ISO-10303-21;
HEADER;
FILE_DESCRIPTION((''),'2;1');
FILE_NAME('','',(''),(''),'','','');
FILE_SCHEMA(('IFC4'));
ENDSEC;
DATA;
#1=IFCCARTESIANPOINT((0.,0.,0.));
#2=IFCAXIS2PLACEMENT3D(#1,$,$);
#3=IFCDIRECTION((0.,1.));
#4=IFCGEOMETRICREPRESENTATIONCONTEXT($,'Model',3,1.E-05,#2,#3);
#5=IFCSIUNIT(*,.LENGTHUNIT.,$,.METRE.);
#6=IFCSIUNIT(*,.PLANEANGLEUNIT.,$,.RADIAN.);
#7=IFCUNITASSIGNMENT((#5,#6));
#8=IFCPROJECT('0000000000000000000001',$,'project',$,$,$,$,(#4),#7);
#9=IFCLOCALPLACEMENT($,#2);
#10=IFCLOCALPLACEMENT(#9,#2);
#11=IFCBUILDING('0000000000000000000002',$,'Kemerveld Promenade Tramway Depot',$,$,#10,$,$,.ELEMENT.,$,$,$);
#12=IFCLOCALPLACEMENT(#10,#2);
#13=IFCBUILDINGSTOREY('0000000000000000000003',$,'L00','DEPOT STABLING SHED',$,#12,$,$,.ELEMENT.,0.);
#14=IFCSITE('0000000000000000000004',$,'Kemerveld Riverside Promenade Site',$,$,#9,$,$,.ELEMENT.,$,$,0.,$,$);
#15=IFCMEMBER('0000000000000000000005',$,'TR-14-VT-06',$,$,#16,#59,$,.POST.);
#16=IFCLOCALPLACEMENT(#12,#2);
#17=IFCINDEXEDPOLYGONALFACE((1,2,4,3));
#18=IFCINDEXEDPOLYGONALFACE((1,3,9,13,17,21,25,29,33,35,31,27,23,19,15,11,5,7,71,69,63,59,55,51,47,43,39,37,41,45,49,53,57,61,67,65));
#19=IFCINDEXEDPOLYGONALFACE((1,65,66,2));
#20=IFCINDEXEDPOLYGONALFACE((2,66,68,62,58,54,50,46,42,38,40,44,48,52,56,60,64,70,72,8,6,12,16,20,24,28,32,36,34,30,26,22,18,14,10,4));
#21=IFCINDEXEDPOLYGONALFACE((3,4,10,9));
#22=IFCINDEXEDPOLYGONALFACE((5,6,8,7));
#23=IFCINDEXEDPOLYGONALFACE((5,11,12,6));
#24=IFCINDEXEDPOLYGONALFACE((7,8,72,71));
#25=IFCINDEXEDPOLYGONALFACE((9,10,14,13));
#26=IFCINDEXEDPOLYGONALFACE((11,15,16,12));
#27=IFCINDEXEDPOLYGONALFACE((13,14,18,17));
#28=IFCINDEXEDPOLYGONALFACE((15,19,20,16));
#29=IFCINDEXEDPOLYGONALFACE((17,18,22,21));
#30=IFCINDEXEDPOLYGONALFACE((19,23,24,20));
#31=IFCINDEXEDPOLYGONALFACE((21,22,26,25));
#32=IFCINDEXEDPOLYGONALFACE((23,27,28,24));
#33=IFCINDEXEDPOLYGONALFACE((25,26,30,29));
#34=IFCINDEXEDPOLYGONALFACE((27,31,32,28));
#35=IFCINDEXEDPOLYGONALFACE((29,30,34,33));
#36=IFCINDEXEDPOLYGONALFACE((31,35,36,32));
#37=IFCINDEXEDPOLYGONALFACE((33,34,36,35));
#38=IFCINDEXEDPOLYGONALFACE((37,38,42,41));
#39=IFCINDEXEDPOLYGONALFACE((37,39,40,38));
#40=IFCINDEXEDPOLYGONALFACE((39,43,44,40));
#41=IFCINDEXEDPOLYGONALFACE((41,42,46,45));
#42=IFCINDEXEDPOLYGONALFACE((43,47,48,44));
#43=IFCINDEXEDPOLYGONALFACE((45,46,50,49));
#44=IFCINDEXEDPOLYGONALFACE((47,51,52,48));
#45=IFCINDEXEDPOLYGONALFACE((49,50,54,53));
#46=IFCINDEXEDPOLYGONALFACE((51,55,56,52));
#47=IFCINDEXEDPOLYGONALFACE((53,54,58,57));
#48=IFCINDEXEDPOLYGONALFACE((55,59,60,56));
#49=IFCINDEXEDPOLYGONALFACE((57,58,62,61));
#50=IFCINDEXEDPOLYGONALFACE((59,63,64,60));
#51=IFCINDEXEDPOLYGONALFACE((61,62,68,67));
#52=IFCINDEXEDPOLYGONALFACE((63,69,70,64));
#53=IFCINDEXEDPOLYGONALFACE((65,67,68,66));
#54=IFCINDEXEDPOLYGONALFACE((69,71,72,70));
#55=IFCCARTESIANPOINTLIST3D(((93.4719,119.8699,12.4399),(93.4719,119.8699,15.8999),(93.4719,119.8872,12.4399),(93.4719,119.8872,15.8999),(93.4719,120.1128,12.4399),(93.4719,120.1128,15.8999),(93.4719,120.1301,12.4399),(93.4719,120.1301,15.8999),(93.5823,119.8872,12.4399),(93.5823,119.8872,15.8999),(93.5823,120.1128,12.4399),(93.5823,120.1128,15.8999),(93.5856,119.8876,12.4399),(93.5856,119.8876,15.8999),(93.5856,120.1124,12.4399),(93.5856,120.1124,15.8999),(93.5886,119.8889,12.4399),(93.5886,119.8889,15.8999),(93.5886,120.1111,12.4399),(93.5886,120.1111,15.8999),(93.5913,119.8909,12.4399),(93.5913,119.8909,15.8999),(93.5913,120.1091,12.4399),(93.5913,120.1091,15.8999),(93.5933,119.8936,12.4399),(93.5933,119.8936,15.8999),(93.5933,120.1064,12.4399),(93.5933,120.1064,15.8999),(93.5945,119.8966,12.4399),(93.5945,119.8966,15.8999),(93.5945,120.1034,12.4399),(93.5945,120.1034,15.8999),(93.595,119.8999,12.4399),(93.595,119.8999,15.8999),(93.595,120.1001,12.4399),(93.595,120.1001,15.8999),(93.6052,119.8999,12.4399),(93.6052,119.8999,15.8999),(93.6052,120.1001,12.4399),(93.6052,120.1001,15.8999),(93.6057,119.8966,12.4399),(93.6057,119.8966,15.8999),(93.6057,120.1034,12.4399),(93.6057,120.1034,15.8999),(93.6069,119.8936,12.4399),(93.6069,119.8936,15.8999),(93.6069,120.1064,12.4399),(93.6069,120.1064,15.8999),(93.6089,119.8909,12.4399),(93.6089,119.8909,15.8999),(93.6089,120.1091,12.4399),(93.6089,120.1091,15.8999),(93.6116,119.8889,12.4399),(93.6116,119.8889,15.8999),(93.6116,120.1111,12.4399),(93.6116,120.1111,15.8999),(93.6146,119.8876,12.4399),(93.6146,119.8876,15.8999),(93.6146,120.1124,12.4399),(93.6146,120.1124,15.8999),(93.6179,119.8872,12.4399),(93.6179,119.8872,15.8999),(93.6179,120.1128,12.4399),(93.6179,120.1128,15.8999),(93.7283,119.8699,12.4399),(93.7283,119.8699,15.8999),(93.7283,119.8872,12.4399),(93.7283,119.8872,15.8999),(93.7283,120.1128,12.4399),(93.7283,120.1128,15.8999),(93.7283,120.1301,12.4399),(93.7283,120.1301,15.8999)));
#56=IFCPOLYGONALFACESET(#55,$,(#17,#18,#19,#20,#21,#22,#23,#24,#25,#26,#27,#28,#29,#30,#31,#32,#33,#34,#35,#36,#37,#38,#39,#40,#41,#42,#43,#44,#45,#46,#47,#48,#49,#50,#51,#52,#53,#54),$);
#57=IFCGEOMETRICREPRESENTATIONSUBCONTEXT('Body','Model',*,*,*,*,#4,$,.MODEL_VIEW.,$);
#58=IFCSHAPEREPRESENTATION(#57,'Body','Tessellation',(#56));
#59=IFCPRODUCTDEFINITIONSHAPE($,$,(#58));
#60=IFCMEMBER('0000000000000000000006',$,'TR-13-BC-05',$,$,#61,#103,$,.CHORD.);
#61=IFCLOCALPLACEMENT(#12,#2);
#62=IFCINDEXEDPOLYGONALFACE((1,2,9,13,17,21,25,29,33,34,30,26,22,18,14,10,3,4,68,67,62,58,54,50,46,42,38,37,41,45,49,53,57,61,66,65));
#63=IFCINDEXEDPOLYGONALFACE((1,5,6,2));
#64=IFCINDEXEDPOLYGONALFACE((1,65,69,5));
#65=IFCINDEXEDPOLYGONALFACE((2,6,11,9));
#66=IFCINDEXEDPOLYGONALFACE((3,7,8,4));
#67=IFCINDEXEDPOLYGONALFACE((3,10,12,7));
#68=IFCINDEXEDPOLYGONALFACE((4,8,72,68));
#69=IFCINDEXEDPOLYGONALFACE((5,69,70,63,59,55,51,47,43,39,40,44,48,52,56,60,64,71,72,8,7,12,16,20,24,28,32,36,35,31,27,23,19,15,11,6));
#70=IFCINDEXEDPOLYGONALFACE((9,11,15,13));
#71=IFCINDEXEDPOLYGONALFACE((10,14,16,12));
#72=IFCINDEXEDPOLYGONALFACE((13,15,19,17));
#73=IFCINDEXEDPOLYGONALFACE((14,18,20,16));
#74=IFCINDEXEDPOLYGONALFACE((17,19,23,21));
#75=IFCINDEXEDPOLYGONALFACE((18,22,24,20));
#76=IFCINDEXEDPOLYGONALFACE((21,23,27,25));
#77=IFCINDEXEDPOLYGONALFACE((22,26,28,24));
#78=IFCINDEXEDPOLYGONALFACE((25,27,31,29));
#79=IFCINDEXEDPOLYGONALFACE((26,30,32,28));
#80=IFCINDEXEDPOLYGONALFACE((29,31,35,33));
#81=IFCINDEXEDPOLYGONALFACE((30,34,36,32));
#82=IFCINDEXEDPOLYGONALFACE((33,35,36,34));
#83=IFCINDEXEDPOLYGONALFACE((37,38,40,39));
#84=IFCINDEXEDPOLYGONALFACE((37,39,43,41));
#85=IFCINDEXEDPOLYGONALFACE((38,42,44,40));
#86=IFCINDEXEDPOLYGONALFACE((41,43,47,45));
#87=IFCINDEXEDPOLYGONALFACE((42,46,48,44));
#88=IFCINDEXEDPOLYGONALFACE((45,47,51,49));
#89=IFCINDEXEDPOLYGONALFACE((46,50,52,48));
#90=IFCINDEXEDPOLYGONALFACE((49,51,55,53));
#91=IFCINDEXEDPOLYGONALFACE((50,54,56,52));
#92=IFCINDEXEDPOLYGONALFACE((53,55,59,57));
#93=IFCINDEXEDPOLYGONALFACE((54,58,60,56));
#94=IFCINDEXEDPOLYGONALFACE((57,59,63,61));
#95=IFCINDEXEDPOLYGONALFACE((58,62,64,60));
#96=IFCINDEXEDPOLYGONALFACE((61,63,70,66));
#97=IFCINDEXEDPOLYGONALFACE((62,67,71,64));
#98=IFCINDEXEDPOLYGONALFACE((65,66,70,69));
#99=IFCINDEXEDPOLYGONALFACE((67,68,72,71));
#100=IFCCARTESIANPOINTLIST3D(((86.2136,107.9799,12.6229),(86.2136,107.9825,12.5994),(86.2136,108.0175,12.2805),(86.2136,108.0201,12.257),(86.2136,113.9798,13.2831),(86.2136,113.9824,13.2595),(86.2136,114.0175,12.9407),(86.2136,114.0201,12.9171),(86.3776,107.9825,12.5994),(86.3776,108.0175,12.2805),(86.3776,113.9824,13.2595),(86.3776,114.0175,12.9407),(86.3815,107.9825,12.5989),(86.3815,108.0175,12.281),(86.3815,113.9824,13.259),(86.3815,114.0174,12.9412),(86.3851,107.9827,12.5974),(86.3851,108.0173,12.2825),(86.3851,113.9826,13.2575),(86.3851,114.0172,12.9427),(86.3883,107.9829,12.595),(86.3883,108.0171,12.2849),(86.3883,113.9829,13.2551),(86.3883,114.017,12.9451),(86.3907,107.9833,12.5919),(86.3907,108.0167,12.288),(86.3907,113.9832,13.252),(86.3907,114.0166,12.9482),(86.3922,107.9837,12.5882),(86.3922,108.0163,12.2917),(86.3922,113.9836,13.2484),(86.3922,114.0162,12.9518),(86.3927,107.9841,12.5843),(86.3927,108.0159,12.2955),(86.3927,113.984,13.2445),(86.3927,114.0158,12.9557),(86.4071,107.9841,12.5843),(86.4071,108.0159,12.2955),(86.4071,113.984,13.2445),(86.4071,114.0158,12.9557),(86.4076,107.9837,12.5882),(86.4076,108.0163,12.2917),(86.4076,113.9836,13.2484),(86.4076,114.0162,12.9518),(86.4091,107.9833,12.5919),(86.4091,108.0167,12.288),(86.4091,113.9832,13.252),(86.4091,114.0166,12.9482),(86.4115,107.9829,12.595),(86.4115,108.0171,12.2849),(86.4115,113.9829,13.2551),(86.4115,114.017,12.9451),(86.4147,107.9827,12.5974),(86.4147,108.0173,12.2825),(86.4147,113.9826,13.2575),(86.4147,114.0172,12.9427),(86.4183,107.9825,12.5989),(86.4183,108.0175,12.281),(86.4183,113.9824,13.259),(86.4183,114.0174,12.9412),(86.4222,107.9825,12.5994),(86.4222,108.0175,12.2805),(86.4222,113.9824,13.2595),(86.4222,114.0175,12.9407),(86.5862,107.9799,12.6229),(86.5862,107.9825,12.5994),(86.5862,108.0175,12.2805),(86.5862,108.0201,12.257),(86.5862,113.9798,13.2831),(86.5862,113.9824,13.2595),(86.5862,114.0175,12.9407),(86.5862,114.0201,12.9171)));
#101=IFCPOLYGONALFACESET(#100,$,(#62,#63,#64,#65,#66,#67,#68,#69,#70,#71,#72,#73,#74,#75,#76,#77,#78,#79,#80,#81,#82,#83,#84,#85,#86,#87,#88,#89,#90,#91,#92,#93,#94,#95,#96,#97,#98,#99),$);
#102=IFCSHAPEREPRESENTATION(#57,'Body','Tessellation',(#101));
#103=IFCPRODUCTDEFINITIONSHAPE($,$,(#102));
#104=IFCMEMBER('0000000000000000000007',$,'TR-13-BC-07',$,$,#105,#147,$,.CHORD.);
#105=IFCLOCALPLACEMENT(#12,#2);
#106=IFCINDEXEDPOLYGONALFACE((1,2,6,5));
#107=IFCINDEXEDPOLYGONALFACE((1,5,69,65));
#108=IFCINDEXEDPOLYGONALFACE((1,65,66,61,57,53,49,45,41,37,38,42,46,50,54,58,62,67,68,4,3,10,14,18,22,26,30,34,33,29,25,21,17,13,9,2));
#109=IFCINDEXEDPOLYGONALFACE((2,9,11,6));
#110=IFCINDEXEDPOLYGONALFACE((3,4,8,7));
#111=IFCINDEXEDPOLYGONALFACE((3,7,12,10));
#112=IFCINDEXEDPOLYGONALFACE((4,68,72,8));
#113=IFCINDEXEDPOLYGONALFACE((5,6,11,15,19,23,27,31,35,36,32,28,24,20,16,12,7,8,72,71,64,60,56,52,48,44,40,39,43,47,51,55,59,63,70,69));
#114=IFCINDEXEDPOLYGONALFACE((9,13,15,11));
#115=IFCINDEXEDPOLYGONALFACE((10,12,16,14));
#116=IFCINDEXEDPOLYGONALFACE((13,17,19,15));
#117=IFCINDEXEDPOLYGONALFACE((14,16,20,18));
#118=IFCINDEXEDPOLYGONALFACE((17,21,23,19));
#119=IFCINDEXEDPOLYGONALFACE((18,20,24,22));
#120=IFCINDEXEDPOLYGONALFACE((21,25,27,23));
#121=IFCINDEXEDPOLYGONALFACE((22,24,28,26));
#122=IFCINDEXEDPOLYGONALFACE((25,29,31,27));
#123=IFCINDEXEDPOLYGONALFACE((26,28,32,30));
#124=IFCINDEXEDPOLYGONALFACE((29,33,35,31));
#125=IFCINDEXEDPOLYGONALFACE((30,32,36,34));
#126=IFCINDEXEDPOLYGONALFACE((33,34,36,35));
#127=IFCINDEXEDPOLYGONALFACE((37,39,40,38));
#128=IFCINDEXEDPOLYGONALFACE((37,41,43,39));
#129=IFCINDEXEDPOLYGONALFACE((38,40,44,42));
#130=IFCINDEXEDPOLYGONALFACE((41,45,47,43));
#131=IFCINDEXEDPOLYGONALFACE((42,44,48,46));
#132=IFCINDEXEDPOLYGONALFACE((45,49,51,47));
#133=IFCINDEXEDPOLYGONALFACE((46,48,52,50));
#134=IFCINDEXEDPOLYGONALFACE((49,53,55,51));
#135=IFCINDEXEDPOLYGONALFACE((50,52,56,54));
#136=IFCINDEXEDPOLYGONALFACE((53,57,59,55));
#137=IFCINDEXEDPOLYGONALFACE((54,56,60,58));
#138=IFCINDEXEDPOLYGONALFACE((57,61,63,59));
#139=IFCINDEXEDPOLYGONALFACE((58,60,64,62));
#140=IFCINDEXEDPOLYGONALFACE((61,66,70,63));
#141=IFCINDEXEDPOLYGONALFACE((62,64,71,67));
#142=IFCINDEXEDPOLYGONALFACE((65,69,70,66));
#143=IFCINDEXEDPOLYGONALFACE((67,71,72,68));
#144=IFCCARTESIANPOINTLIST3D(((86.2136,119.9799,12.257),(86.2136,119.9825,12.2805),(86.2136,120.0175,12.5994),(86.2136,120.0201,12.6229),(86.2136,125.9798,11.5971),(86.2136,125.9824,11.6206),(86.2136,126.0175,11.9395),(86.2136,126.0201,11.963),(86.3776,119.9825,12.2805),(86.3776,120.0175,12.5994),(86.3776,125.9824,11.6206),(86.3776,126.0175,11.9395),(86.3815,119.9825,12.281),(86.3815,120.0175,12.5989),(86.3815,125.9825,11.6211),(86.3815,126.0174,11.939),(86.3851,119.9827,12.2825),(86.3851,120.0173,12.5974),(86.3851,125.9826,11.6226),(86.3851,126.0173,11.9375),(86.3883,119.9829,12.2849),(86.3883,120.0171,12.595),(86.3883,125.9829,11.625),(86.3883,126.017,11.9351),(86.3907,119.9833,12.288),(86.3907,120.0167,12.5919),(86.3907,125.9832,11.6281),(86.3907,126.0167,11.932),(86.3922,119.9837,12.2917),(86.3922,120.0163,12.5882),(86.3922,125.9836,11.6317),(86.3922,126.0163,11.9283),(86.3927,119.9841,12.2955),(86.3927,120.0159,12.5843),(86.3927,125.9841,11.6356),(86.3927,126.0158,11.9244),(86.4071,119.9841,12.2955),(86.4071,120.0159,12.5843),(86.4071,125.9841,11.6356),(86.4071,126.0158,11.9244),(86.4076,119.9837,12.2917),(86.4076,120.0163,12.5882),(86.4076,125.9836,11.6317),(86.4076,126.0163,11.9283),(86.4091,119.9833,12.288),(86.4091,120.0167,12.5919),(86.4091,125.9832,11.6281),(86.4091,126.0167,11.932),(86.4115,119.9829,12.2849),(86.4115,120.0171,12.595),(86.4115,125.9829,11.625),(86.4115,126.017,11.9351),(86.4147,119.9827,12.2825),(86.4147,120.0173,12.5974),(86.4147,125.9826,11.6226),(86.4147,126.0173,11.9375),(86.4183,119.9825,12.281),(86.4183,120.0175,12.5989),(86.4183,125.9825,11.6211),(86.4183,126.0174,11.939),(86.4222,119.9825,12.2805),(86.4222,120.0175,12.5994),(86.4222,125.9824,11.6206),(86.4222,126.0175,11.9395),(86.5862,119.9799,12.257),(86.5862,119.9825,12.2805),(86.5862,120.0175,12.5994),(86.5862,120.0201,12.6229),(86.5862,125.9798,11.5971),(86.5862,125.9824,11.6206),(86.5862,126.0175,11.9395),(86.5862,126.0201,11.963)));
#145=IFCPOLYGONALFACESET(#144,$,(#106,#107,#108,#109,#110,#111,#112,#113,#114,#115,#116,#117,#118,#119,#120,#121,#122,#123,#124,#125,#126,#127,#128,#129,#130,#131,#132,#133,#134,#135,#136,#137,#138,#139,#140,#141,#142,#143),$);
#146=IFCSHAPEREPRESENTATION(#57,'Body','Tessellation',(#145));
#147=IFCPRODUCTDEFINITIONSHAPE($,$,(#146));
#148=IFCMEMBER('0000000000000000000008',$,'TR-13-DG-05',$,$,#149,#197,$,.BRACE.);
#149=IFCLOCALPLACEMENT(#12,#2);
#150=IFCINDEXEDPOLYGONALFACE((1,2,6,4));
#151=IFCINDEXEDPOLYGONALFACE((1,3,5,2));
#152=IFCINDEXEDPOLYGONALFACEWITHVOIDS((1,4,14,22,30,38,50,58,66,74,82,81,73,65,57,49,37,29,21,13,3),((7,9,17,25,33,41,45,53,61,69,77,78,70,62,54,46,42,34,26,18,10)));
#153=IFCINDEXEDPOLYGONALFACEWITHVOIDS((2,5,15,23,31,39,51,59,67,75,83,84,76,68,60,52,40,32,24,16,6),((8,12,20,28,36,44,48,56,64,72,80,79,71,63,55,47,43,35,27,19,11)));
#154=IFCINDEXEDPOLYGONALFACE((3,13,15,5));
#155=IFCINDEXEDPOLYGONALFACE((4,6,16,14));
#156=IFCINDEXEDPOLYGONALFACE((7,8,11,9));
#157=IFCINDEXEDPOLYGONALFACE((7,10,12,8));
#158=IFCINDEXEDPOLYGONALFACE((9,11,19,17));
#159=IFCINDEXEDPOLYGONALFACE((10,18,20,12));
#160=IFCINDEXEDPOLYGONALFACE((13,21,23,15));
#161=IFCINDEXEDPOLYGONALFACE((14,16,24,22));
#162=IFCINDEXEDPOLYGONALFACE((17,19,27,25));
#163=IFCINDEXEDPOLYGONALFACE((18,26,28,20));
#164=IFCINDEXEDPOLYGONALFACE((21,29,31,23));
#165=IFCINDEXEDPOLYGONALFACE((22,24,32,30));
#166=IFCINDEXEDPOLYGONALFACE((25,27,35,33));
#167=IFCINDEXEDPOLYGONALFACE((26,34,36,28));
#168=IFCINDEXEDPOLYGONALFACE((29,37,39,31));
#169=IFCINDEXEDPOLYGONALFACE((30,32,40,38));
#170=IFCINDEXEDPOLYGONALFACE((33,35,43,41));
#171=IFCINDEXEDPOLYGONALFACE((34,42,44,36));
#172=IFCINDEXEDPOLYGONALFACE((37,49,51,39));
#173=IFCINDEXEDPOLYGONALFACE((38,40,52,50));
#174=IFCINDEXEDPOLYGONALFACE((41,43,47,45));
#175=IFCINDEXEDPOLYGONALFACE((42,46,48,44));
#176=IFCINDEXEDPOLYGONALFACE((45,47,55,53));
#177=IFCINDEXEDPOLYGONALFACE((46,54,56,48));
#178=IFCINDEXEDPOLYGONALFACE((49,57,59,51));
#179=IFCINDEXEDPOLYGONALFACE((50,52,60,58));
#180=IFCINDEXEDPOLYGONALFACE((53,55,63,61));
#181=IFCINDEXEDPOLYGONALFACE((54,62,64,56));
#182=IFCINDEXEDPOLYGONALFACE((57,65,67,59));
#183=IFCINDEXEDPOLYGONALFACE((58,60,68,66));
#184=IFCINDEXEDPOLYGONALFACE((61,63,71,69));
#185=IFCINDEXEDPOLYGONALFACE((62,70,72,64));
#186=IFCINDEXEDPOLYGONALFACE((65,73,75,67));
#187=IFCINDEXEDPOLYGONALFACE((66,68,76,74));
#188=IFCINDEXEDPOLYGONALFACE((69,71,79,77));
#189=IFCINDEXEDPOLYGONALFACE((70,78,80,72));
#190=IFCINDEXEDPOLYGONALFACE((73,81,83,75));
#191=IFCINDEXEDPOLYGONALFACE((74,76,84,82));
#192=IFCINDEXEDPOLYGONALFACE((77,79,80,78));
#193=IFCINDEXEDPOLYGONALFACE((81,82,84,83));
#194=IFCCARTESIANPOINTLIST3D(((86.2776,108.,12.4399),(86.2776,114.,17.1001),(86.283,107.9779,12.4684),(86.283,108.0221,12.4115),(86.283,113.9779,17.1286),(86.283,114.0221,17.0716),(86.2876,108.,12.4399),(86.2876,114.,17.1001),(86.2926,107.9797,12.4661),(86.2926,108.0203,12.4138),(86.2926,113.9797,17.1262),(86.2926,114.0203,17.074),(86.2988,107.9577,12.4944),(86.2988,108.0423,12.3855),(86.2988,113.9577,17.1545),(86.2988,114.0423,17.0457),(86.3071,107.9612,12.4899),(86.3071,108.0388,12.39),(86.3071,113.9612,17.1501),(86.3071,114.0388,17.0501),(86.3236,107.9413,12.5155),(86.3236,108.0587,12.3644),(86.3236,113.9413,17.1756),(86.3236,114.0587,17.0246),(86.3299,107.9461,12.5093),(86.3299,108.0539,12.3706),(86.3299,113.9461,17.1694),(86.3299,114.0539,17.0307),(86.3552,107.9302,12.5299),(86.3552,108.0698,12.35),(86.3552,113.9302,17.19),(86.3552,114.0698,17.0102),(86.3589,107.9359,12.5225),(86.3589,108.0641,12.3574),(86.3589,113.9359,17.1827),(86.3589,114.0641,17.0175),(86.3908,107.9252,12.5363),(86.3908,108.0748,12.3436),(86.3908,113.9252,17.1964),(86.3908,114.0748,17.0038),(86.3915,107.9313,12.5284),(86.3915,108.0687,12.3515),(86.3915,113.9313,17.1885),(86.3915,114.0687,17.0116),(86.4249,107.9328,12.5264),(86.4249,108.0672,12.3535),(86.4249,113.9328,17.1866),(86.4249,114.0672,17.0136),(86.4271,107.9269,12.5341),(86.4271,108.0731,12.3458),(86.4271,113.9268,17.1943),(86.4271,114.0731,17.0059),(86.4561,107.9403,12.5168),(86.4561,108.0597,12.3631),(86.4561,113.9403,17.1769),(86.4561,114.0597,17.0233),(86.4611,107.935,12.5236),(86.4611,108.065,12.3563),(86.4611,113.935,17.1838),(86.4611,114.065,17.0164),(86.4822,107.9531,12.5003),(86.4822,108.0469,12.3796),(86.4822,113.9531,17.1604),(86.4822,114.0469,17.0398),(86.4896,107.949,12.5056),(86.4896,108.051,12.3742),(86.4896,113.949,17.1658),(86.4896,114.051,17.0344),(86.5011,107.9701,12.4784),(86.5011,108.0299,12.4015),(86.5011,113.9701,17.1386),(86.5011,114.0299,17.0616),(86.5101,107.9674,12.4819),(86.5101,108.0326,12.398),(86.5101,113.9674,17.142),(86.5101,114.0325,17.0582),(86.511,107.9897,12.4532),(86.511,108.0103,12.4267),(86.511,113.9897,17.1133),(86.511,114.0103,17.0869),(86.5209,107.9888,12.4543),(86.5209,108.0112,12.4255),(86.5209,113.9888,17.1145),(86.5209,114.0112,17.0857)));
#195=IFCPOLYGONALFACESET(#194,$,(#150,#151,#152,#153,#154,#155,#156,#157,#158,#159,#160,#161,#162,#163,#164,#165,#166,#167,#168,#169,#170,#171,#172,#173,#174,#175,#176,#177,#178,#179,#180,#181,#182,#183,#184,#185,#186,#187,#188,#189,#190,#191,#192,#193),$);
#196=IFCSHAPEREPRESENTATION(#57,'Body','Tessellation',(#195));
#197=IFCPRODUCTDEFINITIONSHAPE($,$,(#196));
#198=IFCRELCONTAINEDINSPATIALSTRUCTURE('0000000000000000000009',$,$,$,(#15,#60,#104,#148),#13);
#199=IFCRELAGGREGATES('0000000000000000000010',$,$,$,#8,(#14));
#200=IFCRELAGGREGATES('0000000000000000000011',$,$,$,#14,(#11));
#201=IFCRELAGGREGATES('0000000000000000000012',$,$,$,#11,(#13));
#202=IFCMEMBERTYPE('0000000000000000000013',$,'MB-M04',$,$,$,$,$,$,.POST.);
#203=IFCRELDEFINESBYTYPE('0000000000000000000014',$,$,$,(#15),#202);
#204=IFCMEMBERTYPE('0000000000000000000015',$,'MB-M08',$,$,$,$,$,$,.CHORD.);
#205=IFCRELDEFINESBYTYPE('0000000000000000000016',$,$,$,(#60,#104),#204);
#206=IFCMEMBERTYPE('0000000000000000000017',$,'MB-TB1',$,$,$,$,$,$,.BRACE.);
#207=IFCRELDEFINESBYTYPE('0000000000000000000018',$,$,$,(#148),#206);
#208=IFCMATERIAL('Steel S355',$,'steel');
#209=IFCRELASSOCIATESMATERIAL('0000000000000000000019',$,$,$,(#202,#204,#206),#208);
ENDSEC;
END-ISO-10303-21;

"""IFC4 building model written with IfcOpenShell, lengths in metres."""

from ifc_helpers import new_model, si_unit, direction, frame, origin, origin_2d, place, context, subcontext, project, spatial, hollow_circle, i_section, extrude, material, material_profile, profile_set, type_object, element, save


model = new_model("IFC4")

# Units and contexts
model_context = context("Model", 3, precision=1e-05, world=origin(), true_north=direction((0.0, 1.0)))
body_context = subcontext(model_context, "Body", "Model", "MODEL_VIEW")
ifc_project = project(units=[si_unit("LENGTHUNIT", "METRE"), si_unit("PLANEANGLEUNIT", "RADIAN")], contexts=[model_context])

# Site, building, storey
site_placement = place(None, origin())
site = spatial("IfcSite", under=ifc_project, at=site_placement, Name="Kemerveld Riverside Promenade Site", CompositionType="ELEMENT", RefElevation=0.0)
building_placement = place(site_placement, origin())
building = spatial("IfcBuilding", under=site, at=building_placement, Name="Kemerveld Promenade Tramway Depot", CompositionType="ELEMENT")
storey_placement = place(building_placement, origin())
storey = spatial("IfcBuildingStorey", under=building, at=storey_placement, Name="L00", Description="DEPOT STABLING SHED", CompositionType="ELEMENT", Elevation=0.0)

# Members
ifc_material_1 = material(Name="Steel S355", Category="steel")
ifc_material_profile_1 = material_profile(ifc_material_1, i_section(OverallWidth=0.2563, OverallDepth=0.2603, WebThickness=0.0103, FlangeThickness=0.0173, FilletRadius=0.0127, at=origin_2d()), Name="254x254x89 UC")
ifc_profile_set_1 = profile_set([ifc_material_profile_1], Name="Steel S355")
member_type_1 = type_object("IfcMemberType", Name="MB-M04", PredefinedType="POST", material=ifc_profile_set_1)
for number, where, z_axis, x_axis, name in (
    (1, (93.6001, 120.0, 12.4399), (0.0, 0.0, 1.0), (1.0, 0.0, 0.0), "TR-14-VT-06"),
):
    element("IfcMember", number, at=place(storey_placement, frame(where, z_axis=z_axis, x_axis=x_axis)), inside=storey, type_object=member_type_1, Name=name, PredefinedType="POST", context=body_context, shape_type="SweptSolid", body=[
        extrude(i_section(OverallWidth=0.2563, OverallDepth=0.2603, WebThickness=0.0103, FlangeThickness=0.0173, FilletRadius=0.0127, at=origin_2d()), origin(), (0.0, 0.0, 1.0), 3.46),
    ])
ifc_material_profile_2 = material_profile(ifc_material_1, i_section(OverallWidth=0.3726, OverallDepth=0.3682, WebThickness=0.0144, FlangeThickness=0.0237, FilletRadius=0.0151, at=origin_2d()), Name="356x368x177 UC")
ifc_profile_set_2 = profile_set([ifc_material_profile_2], Name="Steel S355")
member_type_2 = type_object("IfcMemberType", Name="MB-M08", PredefinedType="CHORD", material=ifc_profile_set_2)
for number, where, z_axis, x_axis, name in (
    (2, (86.3999, 108.0, 12.4399), (0.0, 0.994002, 0.109366), (-1.0, 0.0, 0.0), "TR-13-BC-05"),
    (3, (86.3999, 120.0, 12.4399), (0.0, 0.994006, -0.109326), (-1.0, 0.0, 0.0), "TR-13-BC-07"),
):
    element("IfcMember", number, at=place(storey_placement, frame(where, z_axis=z_axis, x_axis=x_axis)), inside=storey, type_object=member_type_2, Name=name, PredefinedType="CHORD", context=body_context, shape_type="SweptSolid", body=[
        extrude(i_section(OverallWidth=0.3726, OverallDepth=0.3682, WebThickness=0.0144, FlangeThickness=0.0237, FilletRadius=0.0151, at=origin_2d()), origin(), (0.0, 0.0, 1.0), 6.0361),
    ])
ifc_material_profile_3 = material_profile(ifc_material_1, hollow_circle(Radius=0.1223, WallThickness=0.01, at=origin_2d()), Name="244.5x10.0 CHS")
ifc_profile_set_3 = profile_set([ifc_material_profile_3], Name="Steel S355")
member_type_3 = type_object("IfcMemberType", Name="MB-TB1", PredefinedType="BRACE", material=ifc_profile_set_3)
for number, where, z_axis, x_axis, name in (
    (4, (86.3999, 108.0, 12.4399), (0.0, 0.789767, 0.613407), (-1.0, 0.0, 0.0), "TR-13-DG-05"),
):
    element("IfcMember", number, at=place(storey_placement, frame(where, z_axis=z_axis, x_axis=x_axis)), inside=storey, type_object=member_type_3, Name=name, PredefinedType="BRACE", context=body_context, shape_type="SweptSolid", body=[
        extrude(hollow_circle(Radius=0.1223, WallThickness=0.01, at=origin_2d()), origin(), (0.0, 0.0, 1.0), 7.5972),
    ])

save(model, "model.ifc")
